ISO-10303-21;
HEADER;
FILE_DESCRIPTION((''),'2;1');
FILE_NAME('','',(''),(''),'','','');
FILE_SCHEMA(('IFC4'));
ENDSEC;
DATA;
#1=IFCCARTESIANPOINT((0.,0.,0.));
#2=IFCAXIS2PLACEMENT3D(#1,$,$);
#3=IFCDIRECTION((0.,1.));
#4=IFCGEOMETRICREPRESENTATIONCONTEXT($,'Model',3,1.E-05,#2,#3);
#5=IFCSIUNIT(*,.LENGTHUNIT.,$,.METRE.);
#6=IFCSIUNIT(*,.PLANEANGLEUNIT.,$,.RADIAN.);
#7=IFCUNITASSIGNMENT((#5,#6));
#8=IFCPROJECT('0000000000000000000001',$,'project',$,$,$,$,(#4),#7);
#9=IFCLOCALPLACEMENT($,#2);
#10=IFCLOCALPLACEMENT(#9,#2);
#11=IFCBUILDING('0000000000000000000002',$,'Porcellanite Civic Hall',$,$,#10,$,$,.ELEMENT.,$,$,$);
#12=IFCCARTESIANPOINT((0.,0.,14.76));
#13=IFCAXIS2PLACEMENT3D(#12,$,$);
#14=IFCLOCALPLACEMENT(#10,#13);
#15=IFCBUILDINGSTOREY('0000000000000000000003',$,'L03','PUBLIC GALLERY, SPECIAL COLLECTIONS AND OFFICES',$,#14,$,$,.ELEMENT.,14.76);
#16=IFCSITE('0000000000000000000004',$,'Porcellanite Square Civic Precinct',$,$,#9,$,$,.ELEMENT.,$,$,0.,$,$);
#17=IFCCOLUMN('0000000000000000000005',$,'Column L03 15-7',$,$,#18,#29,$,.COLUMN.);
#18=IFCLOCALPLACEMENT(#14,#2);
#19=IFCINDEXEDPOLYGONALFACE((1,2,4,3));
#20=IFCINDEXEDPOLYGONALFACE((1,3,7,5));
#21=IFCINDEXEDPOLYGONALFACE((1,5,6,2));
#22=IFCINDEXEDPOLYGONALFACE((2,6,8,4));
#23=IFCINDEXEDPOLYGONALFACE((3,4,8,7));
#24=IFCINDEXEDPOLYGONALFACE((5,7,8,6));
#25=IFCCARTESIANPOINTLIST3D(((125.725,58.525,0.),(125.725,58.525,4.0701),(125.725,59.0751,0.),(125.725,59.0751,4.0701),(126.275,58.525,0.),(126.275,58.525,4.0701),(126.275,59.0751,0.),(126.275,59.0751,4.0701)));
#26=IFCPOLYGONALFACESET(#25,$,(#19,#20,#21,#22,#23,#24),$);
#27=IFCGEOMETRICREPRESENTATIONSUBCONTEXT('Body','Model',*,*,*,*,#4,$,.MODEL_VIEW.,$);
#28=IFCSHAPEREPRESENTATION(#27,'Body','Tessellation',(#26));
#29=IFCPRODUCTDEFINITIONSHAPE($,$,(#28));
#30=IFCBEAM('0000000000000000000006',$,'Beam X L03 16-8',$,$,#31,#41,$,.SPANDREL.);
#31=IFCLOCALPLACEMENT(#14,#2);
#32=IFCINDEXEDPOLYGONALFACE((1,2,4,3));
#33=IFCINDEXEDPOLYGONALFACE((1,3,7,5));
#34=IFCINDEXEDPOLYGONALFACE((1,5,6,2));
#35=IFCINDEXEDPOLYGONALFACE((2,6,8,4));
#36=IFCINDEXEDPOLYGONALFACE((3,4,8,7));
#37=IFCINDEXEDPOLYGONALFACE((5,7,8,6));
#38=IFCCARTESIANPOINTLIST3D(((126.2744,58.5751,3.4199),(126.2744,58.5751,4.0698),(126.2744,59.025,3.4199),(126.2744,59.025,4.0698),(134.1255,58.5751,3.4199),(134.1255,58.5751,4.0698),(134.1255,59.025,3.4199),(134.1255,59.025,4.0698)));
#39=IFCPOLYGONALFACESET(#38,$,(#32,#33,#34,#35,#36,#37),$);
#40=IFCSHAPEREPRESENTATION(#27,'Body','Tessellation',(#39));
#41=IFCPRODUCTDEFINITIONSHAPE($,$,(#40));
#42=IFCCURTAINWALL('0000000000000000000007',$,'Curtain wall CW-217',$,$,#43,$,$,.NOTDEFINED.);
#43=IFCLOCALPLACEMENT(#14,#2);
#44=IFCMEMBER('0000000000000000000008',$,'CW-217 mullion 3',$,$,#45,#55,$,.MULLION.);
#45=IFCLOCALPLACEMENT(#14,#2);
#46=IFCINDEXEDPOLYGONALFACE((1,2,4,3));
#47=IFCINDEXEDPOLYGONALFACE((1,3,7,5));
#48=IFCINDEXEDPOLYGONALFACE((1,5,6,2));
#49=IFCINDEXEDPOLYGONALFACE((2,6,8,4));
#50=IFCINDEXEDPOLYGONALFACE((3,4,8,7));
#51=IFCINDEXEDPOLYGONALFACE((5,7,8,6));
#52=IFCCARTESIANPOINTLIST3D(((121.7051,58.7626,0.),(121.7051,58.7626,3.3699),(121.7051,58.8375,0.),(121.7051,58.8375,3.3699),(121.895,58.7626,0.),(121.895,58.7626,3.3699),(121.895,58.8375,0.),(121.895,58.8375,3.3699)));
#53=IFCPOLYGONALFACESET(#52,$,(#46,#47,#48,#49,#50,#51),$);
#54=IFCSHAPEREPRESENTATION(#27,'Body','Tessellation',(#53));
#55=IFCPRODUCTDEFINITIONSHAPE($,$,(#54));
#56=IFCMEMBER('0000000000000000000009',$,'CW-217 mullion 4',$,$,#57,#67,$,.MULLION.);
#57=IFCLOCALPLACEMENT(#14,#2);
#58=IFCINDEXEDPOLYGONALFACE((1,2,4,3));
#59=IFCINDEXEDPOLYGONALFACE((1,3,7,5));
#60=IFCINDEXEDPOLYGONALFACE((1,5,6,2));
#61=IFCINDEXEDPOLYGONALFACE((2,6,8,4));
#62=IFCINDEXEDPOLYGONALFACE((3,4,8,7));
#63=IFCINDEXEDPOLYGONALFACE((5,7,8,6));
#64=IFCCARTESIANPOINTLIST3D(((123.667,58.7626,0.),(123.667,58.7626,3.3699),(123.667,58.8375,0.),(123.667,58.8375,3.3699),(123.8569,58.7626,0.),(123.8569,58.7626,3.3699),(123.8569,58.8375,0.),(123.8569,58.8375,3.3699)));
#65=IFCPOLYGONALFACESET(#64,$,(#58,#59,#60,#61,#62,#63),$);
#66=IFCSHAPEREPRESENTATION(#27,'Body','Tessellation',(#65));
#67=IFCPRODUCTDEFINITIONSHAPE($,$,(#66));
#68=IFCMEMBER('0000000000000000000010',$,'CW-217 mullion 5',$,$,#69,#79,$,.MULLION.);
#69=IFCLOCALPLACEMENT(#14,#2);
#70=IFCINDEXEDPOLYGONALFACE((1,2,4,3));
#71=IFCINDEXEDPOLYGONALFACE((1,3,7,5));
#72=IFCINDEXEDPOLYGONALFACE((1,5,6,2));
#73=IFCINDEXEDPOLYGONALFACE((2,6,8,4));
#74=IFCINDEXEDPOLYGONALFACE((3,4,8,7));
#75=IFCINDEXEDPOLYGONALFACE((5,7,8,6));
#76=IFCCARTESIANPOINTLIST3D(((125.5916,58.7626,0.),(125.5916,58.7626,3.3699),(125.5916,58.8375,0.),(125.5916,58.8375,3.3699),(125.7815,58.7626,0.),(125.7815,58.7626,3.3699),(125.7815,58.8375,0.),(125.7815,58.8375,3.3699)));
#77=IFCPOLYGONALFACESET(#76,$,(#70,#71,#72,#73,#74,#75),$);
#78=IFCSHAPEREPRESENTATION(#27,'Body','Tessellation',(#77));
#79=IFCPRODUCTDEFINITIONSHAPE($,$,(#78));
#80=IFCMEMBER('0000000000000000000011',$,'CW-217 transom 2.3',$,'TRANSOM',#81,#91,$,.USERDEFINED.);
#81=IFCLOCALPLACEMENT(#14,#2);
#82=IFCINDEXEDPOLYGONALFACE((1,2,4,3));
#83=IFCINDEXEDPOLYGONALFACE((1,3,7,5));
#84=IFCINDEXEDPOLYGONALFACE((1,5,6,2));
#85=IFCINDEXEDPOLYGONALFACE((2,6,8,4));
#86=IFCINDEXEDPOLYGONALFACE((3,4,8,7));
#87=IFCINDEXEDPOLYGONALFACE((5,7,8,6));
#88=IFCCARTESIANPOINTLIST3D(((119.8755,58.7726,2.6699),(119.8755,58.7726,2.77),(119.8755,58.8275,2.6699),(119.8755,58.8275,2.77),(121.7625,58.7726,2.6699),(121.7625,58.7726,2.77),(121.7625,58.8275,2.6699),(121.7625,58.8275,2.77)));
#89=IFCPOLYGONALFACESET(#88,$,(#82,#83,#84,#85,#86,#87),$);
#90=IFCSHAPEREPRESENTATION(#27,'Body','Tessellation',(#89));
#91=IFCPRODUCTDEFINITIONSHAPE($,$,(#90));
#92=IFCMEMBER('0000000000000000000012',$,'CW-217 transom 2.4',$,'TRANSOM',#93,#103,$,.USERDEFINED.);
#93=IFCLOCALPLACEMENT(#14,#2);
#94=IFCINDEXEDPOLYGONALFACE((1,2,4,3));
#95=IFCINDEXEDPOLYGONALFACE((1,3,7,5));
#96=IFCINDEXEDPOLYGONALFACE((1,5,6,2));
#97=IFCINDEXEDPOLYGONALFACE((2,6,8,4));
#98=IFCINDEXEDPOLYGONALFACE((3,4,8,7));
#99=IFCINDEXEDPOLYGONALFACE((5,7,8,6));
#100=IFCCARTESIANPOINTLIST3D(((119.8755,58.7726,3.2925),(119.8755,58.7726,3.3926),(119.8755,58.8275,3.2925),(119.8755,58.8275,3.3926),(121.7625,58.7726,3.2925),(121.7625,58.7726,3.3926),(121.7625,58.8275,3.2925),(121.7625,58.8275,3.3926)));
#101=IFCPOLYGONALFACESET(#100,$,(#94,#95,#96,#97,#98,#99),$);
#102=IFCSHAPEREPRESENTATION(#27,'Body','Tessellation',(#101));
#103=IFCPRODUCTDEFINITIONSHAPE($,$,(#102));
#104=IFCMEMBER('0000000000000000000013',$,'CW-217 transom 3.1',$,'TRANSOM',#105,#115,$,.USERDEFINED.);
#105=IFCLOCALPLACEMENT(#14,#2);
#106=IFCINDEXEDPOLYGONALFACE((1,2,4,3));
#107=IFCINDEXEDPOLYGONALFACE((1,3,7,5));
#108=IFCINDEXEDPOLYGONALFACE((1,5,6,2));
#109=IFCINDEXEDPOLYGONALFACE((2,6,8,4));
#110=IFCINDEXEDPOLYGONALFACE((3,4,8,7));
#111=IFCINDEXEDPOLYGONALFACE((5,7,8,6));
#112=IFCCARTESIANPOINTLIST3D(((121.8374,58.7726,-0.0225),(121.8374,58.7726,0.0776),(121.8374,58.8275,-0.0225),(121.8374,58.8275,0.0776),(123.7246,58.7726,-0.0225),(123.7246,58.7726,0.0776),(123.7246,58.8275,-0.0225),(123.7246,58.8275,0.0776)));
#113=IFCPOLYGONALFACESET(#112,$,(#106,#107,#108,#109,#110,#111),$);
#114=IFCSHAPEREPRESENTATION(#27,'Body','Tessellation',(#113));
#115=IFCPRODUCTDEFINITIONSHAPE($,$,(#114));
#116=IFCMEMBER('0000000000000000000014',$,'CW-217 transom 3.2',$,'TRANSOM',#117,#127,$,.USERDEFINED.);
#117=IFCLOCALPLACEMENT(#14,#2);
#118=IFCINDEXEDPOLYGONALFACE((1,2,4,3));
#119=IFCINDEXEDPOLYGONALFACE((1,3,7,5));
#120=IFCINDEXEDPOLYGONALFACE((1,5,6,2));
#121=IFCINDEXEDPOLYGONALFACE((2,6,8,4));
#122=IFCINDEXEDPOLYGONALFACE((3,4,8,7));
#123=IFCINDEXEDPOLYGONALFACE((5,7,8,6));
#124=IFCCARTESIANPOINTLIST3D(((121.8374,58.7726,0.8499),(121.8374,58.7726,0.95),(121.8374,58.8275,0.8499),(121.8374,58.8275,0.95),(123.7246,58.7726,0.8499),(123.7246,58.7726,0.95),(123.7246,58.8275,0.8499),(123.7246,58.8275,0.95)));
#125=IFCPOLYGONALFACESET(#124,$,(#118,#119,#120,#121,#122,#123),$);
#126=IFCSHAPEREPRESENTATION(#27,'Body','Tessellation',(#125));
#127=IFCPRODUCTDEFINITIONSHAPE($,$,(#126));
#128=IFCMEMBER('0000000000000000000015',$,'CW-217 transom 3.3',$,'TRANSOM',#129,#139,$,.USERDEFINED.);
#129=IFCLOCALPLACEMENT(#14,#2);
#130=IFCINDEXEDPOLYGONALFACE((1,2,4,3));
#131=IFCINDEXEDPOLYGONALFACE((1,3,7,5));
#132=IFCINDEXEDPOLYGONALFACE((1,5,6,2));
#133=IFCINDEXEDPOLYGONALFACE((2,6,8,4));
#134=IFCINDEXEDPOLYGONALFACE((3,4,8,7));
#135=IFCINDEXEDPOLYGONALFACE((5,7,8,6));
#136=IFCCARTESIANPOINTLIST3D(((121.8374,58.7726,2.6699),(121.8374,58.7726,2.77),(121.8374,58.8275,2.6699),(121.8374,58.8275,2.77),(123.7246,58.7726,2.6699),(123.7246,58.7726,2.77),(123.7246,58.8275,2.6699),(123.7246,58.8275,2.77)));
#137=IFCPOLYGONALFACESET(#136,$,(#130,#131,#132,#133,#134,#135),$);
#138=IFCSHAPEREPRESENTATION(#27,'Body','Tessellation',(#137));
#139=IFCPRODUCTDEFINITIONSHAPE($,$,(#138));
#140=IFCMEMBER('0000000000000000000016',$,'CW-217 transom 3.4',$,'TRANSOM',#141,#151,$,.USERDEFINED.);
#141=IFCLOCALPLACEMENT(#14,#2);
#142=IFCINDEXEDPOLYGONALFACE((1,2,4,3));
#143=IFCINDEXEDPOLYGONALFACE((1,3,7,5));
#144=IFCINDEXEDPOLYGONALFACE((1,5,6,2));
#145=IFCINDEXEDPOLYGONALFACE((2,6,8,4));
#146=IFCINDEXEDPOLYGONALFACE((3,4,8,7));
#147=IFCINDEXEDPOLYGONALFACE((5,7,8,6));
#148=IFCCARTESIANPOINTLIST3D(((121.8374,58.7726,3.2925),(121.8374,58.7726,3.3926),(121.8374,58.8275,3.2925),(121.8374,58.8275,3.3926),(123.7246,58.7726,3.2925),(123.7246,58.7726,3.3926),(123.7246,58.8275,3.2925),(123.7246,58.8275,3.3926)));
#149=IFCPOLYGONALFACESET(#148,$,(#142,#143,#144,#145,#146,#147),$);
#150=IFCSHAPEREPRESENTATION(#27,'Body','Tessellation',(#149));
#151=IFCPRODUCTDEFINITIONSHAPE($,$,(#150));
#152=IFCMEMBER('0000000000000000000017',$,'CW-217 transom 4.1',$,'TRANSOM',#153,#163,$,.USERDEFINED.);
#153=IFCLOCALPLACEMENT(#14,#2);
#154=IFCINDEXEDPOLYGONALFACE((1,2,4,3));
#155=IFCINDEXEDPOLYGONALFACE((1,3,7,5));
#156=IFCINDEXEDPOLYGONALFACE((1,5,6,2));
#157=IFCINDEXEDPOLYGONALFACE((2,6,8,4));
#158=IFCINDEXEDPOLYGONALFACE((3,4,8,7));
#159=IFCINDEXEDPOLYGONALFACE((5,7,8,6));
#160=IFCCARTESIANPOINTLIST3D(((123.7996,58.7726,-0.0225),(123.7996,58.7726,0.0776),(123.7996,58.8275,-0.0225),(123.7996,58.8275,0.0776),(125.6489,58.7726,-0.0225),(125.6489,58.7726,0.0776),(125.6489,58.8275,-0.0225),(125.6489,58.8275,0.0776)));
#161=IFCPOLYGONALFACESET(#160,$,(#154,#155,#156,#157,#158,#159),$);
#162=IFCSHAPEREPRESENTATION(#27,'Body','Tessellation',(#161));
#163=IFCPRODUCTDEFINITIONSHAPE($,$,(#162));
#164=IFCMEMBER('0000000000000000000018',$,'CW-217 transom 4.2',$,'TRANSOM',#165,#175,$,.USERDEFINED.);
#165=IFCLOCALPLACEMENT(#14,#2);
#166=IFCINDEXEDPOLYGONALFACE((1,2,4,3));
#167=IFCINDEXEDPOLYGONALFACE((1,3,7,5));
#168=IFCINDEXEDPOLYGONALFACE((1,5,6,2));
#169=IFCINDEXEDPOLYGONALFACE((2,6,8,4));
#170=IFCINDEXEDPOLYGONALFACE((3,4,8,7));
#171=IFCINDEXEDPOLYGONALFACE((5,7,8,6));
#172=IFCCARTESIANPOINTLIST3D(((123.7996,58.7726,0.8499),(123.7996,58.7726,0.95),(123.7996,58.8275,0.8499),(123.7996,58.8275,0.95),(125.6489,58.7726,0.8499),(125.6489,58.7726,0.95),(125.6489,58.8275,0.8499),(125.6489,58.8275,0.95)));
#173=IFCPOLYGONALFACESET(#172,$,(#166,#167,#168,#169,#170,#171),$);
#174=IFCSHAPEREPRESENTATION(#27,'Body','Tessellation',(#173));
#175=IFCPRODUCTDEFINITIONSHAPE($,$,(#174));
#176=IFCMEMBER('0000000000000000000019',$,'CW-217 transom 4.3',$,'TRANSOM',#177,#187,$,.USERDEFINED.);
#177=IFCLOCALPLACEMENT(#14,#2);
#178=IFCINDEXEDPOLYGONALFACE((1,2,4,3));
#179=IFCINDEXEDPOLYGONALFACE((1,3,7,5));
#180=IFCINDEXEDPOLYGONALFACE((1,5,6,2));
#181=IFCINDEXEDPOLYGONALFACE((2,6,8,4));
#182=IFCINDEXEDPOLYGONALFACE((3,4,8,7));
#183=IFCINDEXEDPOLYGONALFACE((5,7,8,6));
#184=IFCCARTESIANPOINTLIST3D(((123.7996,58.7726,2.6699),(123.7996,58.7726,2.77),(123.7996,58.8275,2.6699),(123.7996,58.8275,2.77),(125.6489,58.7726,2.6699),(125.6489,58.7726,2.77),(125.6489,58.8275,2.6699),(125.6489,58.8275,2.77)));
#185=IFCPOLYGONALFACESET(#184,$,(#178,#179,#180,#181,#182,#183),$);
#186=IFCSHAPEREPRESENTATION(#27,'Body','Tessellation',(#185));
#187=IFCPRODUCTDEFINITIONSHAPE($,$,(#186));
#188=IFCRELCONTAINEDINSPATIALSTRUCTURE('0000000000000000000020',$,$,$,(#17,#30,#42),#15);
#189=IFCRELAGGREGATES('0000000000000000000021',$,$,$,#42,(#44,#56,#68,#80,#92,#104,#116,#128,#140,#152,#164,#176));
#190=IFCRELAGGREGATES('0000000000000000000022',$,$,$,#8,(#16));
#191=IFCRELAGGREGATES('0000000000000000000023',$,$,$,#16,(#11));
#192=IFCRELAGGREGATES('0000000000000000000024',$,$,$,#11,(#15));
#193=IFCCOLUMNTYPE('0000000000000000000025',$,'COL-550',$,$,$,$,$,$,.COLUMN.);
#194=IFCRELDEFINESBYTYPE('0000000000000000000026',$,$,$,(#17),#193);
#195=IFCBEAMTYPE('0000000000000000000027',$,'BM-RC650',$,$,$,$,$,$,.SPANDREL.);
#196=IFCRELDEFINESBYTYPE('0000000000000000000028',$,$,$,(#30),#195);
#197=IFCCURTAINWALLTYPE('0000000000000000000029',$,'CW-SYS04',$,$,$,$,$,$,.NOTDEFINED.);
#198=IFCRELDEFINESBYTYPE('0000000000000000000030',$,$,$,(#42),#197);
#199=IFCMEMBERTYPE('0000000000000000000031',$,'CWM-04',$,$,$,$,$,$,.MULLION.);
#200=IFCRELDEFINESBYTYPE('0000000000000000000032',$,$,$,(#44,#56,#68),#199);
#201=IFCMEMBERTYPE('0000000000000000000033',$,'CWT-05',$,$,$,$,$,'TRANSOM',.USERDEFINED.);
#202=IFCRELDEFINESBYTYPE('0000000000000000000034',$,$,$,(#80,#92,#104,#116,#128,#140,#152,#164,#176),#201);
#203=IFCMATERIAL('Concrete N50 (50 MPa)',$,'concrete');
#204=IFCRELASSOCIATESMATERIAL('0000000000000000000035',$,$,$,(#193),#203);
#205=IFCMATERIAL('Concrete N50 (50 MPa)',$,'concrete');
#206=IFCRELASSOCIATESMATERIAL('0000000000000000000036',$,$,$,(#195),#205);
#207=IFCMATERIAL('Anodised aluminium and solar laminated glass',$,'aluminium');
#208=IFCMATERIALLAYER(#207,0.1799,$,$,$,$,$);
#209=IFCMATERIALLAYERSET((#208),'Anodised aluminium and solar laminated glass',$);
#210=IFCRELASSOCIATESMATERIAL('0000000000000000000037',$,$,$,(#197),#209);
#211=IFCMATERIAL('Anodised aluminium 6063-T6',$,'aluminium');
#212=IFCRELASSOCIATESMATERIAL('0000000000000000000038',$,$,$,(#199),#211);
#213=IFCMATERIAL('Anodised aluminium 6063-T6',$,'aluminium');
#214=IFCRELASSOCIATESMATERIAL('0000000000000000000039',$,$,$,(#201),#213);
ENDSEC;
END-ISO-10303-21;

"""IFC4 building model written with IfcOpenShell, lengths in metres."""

from ifc_helpers import new_model, si_unit, direction, frame, origin, origin_2d, place, context, subcontext, project, spatial, rectangle, extrude, material, layer, layer_set, material_profile, profile_set, type_object, element, aggregate, save


model = new_model("IFC4")

# Units and contexts
model_context = context("Model", 3, precision=1e-05, world=origin(), true_north=direction((0.0, 1.0)))
body_context = subcontext(model_context, "Body", "Model", "MODEL_VIEW")
ifc_project = project(units=[si_unit("LENGTHUNIT", "METRE"), si_unit("PLANEANGLEUNIT", "RADIAN")], contexts=[model_context])

# Site, building, storey
site_placement = place(None, origin())
site = spatial("IfcSite", under=ifc_project, at=site_placement, Name="Porcellanite Square Civic Precinct", CompositionType="ELEMENT", RefElevation=0.0)
building_placement = place(site_placement, origin())
building = spatial("IfcBuilding", under=site, at=building_placement, Name="Porcellanite Civic Hall", CompositionType="ELEMENT")
storey_placement = place(building_placement, frame((0.0, 0.0, 14.76)))
storey = spatial("IfcBuildingStorey", under=building, at=storey_placement, Name="L03", Description="PUBLIC GALLERY, SPECIAL COLLECTIONS AND OFFICES", CompositionType="ELEMENT", Elevation=14.76)

# Column
ifc_material_1 = material(Name="Concrete N50 (50 MPa)", Category="concrete")
ifc_material_profile_1 = material_profile(ifc_material_1, rectangle(XDim=0.55, YDim=0.55, at=origin_2d()), Name="RC-550x550")
ifc_profile_set_1 = profile_set([ifc_material_profile_1], Name="Concrete N50 (50 MPa)")
column_type = type_object("IfcColumnType", Name="COL-550", PredefinedType="COLUMN", material=ifc_profile_set_1)
column_placement = place(storey_placement, frame((126.0, 58.8, 0.0), z_axis=(0.0, 0.0, 1.0), x_axis=(1.0, 0.0, 0.0)))
element("IfcColumn", 1, at=column_placement, inside=storey, type_object=column_type, Name="Column L03 15-7", PredefinedType="COLUMN", context=body_context, shape_type="SweptSolid", body=[
    extrude(rectangle(XDim=0.55, YDim=0.55, at=origin_2d()), origin(), (0.0, 0.0, 1.0), 4.0701),
])

# Beam
ifc_material_2 = material(Name="Concrete N50 (50 MPa)", Category="concrete")
ifc_material_profile_2 = material_profile(ifc_material_2, rectangle(XDim=0.45, YDim=0.6499, at=origin_2d()), Name="RC-450x650")
ifc_profile_set_2 = profile_set([ifc_material_profile_2], Name="Concrete N50 (50 MPa)")
beam_type = type_object("IfcBeamType", Name="BM-RC650", PredefinedType="SPANDREL", material=ifc_profile_set_2)
beam_placement = place(storey_placement, frame((126.2744, 58.8, 3.7449), z_axis=(1.0, 0.0, 0.0), x_axis=(0.0, 1.0, 0.0)))
element("IfcBeam", 2, at=beam_placement, inside=storey, type_object=beam_type, Name="Beam X L03 16-8", PredefinedType="SPANDREL", context=body_context, shape_type="SweptSolid", body=[
    extrude(rectangle(XDim=0.45, YDim=0.6499, at=origin_2d()), origin(), (0.0, 0.0, 1.0), 7.8511),
])

# Curtain wall, members
ifc_material_3 = material(Name="Anodised aluminium and solar laminated glass", Category="aluminium")
ifc_layer_1 = layer(ifc_material_3, 0.1799)
ifc_layer_set_1 = layer_set([ifc_layer_1], Name="Anodised aluminium and solar laminated glass")
curtain_wall_type = type_object("IfcCurtainWallType", Name="CW-SYS04", PredefinedType="NOTDEFINED", material=ifc_layer_set_1)
curtain_wall_placement = place(storey_placement, origin())
curtain_wall = element("IfcCurtainWall", 3, at=curtain_wall_placement, inside=storey, type_object=curtain_wall_type, Name="Curtain wall CW-217", PredefinedType="NOTDEFINED")
ifc_material_4 = material(Name="Anodised aluminium 6063-T6", Category="aluminium")
ifc_material_profile_3 = material_profile(ifc_material_4, rectangle(XDim=0.075, YDim=0.1899, at=origin_2d()), Name="AL-75x190")
ifc_profile_set_3 = profile_set([ifc_material_profile_3], Name="Anodised aluminium 6063-T6")
member_type_1 = type_object("IfcMemberType", Name="CWM-04", PredefinedType="MULLION", material=ifc_profile_set_3)
member_1_placement = place(storey_placement, frame((121.8, 58.8, 0.0), z_axis=(0.0, 0.0, 1.0), x_axis=(0.0, 1.0, 0.0)))
member_1 = element("IfcMember", 4, at=member_1_placement, type_object=member_type_1, Name="CW-217 mullion 3", PredefinedType="MULLION", context=body_context, shape_type="SweptSolid", body=[
    extrude(rectangle(XDim=0.075, YDim=0.1899, at=origin_2d()), origin(), (0.0, 0.0, 1.0), 3.3699),
])
member_2_placement = place(storey_placement, frame((123.762, 58.8, 0.0), z_axis=(0.0, 0.0, 1.0), x_axis=(0.0, 1.0, 0.0)))
member_2 = element("IfcMember", 5, at=member_2_placement, type_object=member_type_1, Name="CW-217 mullion 4", PredefinedType="MULLION", context=body_context, shape_type="SweptSolid", body=[
    extrude(rectangle(XDim=0.075, YDim=0.1899, at=origin_2d()), origin(), (0.0, 0.0, 1.0), 3.3699),
])
member_3_placement = place(storey_placement, frame((125.6865, 58.8, 0.0), z_axis=(0.0, 0.0, 1.0), x_axis=(0.0, 1.0, 0.0)))
member_3 = element("IfcMember", 6, at=member_3_placement, type_object=member_type_1, Name="CW-217 mullion 5", PredefinedType="MULLION", context=body_context, shape_type="SweptSolid", body=[
    extrude(rectangle(XDim=0.075, YDim=0.1899, at=origin_2d()), origin(), (0.0, 0.0, 1.0), 3.3699),
])
ifc_material_5 = material(Name="Anodised aluminium 6063-T6", Category="aluminium")
ifc_material_profile_4 = material_profile(ifc_material_5, rectangle(XDim=0.0549, YDim=0.1001, at=origin_2d()), Name="AL-55x100")
ifc_profile_set_4 = profile_set([ifc_material_profile_4], Name="Anodised aluminium 6063-T6")
member_type_2 = type_object("IfcMemberType", Name="CWT-05", ElementType="TRANSOM", PredefinedType="USERDEFINED", material=ifc_profile_set_4)
member_4_placement = place(storey_placement, frame((119.8755, 58.8, 2.72), z_axis=(1.0, 0.0, 0.0), x_axis=(0.0, 1.0, 0.0)))
member_4 = element("IfcMember", 7, at=member_4_placement, type_object=member_type_2, Name="CW-217 transom 2.3", ObjectType="TRANSOM", PredefinedType="USERDEFINED", context=body_context, shape_type="SweptSolid", body=[
    extrude(rectangle(XDim=0.0549, YDim=0.1001, at=origin_2d()), origin(), (0.0, 0.0, 1.0), 1.887),
])
member_5_placement = place(storey_placement, frame((119.8755, 58.8, 3.3425), z_axis=(1.0, 0.0, 0.0), x_axis=(0.0, 1.0, 0.0)))
member_5 = element("IfcMember", 8, at=member_5_placement, type_object=member_type_2, Name="CW-217 transom 2.4", ObjectType="TRANSOM", PredefinedType="USERDEFINED", context=body_context, shape_type="SweptSolid", body=[
    extrude(rectangle(XDim=0.0549, YDim=0.1001, at=origin_2d()), origin(), (0.0, 0.0, 1.0), 1.887),
])
member_6_placement = place(storey_placement, frame((121.8374, 58.8, 0.0276), z_axis=(1.0, 0.0, 0.0), x_axis=(0.0, 1.0, 0.0)))
member_6 = element("IfcMember", 9, at=member_6_placement, type_object=member_type_2, Name="CW-217 transom 3.1", ObjectType="TRANSOM", PredefinedType="USERDEFINED", context=body_context, shape_type="SweptSolid", body=[
    extrude(rectangle(XDim=0.0549, YDim=0.1001, at=origin_2d()), origin(), (0.0, 0.0, 1.0), 1.8872),
])
member_7_placement = place(storey_placement, frame((121.8374, 58.8, 0.8999), z_axis=(1.0, 0.0, 0.0), x_axis=(0.0, 1.0, 0.0)))
member_7 = element("IfcMember", 10, at=member_7_placement, type_object=member_type_2, Name="CW-217 transom 3.2", ObjectType="TRANSOM", PredefinedType="USERDEFINED", context=body_context, shape_type="SweptSolid", body=[
    extrude(rectangle(XDim=0.0549, YDim=0.1001, at=origin_2d()), origin(), (0.0, 0.0, 1.0), 1.8872),
])
member_8_placement = place(storey_placement, frame((121.8374, 58.8, 2.72), z_axis=(1.0, 0.0, 0.0), x_axis=(0.0, 1.0, 0.0)))
member_8 = element("IfcMember", 11, at=member_8_placement, type_object=member_type_2, Name="CW-217 transom 3.3", ObjectType="TRANSOM", PredefinedType="USERDEFINED", context=body_context, shape_type="SweptSolid", body=[
    extrude(rectangle(XDim=0.0549, YDim=0.1001, at=origin_2d()), origin(), (0.0, 0.0, 1.0), 1.8872),
])
member_9_placement = place(storey_placement, frame((121.8374, 58.8, 3.3425), z_axis=(1.0, 0.0, 0.0), x_axis=(0.0, 1.0, 0.0)))
member_9 = element("IfcMember", 12, at=member_9_placement, type_object=member_type_2, Name="CW-217 transom 3.4", ObjectType="TRANSOM", PredefinedType="USERDEFINED", context=body_context, shape_type="SweptSolid", body=[
    extrude(rectangle(XDim=0.0549, YDim=0.1001, at=origin_2d()), origin(), (0.0, 0.0, 1.0), 1.8872),
])
member_10_placement = place(storey_placement, frame((123.7996, 58.8, 0.0276), z_axis=(1.0, 0.0, 0.0), x_axis=(0.0, 1.0, 0.0)))
member_10 = element("IfcMember", 13, at=member_10_placement, type_object=member_type_2, Name="CW-217 transom 4.1", ObjectType="TRANSOM", PredefinedType="USERDEFINED", context=body_context, shape_type="SweptSolid", body=[
    extrude(rectangle(XDim=0.0549, YDim=0.1001, at=origin_2d()), origin(), (0.0, 0.0, 1.0), 1.8494),
])
member_11_placement = place(storey_placement, frame((123.7996, 58.8, 0.8999), z_axis=(1.0, 0.0, 0.0), x_axis=(0.0, 1.0, 0.0)))
member_11 = element("IfcMember", 14, at=member_11_placement, type_object=member_type_2, Name="CW-217 transom 4.2", ObjectType="TRANSOM", PredefinedType="USERDEFINED", context=body_context, shape_type="SweptSolid", body=[
    extrude(rectangle(XDim=0.0549, YDim=0.1001, at=origin_2d()), origin(), (0.0, 0.0, 1.0), 1.8494),
])
member_12_placement = place(storey_placement, frame((123.7996, 58.8, 2.72), z_axis=(1.0, 0.0, 0.0), x_axis=(0.0, 1.0, 0.0)))
member_12 = element("IfcMember", 15, at=member_12_placement, type_object=member_type_2, Name="CW-217 transom 4.3", ObjectType="TRANSOM", PredefinedType="USERDEFINED", context=body_context, shape_type="SweptSolid", body=[
    extrude(rectangle(XDim=0.0549, YDim=0.1001, at=origin_2d()), origin(), (0.0, 0.0, 1.0), 1.8494),
])
aggregate(curtain_wall, [member_1, member_2, member_3, member_4, member_5, member_6, member_7, member_8, member_9, member_10, member_11, member_12])

save(model, "model.ifc")
